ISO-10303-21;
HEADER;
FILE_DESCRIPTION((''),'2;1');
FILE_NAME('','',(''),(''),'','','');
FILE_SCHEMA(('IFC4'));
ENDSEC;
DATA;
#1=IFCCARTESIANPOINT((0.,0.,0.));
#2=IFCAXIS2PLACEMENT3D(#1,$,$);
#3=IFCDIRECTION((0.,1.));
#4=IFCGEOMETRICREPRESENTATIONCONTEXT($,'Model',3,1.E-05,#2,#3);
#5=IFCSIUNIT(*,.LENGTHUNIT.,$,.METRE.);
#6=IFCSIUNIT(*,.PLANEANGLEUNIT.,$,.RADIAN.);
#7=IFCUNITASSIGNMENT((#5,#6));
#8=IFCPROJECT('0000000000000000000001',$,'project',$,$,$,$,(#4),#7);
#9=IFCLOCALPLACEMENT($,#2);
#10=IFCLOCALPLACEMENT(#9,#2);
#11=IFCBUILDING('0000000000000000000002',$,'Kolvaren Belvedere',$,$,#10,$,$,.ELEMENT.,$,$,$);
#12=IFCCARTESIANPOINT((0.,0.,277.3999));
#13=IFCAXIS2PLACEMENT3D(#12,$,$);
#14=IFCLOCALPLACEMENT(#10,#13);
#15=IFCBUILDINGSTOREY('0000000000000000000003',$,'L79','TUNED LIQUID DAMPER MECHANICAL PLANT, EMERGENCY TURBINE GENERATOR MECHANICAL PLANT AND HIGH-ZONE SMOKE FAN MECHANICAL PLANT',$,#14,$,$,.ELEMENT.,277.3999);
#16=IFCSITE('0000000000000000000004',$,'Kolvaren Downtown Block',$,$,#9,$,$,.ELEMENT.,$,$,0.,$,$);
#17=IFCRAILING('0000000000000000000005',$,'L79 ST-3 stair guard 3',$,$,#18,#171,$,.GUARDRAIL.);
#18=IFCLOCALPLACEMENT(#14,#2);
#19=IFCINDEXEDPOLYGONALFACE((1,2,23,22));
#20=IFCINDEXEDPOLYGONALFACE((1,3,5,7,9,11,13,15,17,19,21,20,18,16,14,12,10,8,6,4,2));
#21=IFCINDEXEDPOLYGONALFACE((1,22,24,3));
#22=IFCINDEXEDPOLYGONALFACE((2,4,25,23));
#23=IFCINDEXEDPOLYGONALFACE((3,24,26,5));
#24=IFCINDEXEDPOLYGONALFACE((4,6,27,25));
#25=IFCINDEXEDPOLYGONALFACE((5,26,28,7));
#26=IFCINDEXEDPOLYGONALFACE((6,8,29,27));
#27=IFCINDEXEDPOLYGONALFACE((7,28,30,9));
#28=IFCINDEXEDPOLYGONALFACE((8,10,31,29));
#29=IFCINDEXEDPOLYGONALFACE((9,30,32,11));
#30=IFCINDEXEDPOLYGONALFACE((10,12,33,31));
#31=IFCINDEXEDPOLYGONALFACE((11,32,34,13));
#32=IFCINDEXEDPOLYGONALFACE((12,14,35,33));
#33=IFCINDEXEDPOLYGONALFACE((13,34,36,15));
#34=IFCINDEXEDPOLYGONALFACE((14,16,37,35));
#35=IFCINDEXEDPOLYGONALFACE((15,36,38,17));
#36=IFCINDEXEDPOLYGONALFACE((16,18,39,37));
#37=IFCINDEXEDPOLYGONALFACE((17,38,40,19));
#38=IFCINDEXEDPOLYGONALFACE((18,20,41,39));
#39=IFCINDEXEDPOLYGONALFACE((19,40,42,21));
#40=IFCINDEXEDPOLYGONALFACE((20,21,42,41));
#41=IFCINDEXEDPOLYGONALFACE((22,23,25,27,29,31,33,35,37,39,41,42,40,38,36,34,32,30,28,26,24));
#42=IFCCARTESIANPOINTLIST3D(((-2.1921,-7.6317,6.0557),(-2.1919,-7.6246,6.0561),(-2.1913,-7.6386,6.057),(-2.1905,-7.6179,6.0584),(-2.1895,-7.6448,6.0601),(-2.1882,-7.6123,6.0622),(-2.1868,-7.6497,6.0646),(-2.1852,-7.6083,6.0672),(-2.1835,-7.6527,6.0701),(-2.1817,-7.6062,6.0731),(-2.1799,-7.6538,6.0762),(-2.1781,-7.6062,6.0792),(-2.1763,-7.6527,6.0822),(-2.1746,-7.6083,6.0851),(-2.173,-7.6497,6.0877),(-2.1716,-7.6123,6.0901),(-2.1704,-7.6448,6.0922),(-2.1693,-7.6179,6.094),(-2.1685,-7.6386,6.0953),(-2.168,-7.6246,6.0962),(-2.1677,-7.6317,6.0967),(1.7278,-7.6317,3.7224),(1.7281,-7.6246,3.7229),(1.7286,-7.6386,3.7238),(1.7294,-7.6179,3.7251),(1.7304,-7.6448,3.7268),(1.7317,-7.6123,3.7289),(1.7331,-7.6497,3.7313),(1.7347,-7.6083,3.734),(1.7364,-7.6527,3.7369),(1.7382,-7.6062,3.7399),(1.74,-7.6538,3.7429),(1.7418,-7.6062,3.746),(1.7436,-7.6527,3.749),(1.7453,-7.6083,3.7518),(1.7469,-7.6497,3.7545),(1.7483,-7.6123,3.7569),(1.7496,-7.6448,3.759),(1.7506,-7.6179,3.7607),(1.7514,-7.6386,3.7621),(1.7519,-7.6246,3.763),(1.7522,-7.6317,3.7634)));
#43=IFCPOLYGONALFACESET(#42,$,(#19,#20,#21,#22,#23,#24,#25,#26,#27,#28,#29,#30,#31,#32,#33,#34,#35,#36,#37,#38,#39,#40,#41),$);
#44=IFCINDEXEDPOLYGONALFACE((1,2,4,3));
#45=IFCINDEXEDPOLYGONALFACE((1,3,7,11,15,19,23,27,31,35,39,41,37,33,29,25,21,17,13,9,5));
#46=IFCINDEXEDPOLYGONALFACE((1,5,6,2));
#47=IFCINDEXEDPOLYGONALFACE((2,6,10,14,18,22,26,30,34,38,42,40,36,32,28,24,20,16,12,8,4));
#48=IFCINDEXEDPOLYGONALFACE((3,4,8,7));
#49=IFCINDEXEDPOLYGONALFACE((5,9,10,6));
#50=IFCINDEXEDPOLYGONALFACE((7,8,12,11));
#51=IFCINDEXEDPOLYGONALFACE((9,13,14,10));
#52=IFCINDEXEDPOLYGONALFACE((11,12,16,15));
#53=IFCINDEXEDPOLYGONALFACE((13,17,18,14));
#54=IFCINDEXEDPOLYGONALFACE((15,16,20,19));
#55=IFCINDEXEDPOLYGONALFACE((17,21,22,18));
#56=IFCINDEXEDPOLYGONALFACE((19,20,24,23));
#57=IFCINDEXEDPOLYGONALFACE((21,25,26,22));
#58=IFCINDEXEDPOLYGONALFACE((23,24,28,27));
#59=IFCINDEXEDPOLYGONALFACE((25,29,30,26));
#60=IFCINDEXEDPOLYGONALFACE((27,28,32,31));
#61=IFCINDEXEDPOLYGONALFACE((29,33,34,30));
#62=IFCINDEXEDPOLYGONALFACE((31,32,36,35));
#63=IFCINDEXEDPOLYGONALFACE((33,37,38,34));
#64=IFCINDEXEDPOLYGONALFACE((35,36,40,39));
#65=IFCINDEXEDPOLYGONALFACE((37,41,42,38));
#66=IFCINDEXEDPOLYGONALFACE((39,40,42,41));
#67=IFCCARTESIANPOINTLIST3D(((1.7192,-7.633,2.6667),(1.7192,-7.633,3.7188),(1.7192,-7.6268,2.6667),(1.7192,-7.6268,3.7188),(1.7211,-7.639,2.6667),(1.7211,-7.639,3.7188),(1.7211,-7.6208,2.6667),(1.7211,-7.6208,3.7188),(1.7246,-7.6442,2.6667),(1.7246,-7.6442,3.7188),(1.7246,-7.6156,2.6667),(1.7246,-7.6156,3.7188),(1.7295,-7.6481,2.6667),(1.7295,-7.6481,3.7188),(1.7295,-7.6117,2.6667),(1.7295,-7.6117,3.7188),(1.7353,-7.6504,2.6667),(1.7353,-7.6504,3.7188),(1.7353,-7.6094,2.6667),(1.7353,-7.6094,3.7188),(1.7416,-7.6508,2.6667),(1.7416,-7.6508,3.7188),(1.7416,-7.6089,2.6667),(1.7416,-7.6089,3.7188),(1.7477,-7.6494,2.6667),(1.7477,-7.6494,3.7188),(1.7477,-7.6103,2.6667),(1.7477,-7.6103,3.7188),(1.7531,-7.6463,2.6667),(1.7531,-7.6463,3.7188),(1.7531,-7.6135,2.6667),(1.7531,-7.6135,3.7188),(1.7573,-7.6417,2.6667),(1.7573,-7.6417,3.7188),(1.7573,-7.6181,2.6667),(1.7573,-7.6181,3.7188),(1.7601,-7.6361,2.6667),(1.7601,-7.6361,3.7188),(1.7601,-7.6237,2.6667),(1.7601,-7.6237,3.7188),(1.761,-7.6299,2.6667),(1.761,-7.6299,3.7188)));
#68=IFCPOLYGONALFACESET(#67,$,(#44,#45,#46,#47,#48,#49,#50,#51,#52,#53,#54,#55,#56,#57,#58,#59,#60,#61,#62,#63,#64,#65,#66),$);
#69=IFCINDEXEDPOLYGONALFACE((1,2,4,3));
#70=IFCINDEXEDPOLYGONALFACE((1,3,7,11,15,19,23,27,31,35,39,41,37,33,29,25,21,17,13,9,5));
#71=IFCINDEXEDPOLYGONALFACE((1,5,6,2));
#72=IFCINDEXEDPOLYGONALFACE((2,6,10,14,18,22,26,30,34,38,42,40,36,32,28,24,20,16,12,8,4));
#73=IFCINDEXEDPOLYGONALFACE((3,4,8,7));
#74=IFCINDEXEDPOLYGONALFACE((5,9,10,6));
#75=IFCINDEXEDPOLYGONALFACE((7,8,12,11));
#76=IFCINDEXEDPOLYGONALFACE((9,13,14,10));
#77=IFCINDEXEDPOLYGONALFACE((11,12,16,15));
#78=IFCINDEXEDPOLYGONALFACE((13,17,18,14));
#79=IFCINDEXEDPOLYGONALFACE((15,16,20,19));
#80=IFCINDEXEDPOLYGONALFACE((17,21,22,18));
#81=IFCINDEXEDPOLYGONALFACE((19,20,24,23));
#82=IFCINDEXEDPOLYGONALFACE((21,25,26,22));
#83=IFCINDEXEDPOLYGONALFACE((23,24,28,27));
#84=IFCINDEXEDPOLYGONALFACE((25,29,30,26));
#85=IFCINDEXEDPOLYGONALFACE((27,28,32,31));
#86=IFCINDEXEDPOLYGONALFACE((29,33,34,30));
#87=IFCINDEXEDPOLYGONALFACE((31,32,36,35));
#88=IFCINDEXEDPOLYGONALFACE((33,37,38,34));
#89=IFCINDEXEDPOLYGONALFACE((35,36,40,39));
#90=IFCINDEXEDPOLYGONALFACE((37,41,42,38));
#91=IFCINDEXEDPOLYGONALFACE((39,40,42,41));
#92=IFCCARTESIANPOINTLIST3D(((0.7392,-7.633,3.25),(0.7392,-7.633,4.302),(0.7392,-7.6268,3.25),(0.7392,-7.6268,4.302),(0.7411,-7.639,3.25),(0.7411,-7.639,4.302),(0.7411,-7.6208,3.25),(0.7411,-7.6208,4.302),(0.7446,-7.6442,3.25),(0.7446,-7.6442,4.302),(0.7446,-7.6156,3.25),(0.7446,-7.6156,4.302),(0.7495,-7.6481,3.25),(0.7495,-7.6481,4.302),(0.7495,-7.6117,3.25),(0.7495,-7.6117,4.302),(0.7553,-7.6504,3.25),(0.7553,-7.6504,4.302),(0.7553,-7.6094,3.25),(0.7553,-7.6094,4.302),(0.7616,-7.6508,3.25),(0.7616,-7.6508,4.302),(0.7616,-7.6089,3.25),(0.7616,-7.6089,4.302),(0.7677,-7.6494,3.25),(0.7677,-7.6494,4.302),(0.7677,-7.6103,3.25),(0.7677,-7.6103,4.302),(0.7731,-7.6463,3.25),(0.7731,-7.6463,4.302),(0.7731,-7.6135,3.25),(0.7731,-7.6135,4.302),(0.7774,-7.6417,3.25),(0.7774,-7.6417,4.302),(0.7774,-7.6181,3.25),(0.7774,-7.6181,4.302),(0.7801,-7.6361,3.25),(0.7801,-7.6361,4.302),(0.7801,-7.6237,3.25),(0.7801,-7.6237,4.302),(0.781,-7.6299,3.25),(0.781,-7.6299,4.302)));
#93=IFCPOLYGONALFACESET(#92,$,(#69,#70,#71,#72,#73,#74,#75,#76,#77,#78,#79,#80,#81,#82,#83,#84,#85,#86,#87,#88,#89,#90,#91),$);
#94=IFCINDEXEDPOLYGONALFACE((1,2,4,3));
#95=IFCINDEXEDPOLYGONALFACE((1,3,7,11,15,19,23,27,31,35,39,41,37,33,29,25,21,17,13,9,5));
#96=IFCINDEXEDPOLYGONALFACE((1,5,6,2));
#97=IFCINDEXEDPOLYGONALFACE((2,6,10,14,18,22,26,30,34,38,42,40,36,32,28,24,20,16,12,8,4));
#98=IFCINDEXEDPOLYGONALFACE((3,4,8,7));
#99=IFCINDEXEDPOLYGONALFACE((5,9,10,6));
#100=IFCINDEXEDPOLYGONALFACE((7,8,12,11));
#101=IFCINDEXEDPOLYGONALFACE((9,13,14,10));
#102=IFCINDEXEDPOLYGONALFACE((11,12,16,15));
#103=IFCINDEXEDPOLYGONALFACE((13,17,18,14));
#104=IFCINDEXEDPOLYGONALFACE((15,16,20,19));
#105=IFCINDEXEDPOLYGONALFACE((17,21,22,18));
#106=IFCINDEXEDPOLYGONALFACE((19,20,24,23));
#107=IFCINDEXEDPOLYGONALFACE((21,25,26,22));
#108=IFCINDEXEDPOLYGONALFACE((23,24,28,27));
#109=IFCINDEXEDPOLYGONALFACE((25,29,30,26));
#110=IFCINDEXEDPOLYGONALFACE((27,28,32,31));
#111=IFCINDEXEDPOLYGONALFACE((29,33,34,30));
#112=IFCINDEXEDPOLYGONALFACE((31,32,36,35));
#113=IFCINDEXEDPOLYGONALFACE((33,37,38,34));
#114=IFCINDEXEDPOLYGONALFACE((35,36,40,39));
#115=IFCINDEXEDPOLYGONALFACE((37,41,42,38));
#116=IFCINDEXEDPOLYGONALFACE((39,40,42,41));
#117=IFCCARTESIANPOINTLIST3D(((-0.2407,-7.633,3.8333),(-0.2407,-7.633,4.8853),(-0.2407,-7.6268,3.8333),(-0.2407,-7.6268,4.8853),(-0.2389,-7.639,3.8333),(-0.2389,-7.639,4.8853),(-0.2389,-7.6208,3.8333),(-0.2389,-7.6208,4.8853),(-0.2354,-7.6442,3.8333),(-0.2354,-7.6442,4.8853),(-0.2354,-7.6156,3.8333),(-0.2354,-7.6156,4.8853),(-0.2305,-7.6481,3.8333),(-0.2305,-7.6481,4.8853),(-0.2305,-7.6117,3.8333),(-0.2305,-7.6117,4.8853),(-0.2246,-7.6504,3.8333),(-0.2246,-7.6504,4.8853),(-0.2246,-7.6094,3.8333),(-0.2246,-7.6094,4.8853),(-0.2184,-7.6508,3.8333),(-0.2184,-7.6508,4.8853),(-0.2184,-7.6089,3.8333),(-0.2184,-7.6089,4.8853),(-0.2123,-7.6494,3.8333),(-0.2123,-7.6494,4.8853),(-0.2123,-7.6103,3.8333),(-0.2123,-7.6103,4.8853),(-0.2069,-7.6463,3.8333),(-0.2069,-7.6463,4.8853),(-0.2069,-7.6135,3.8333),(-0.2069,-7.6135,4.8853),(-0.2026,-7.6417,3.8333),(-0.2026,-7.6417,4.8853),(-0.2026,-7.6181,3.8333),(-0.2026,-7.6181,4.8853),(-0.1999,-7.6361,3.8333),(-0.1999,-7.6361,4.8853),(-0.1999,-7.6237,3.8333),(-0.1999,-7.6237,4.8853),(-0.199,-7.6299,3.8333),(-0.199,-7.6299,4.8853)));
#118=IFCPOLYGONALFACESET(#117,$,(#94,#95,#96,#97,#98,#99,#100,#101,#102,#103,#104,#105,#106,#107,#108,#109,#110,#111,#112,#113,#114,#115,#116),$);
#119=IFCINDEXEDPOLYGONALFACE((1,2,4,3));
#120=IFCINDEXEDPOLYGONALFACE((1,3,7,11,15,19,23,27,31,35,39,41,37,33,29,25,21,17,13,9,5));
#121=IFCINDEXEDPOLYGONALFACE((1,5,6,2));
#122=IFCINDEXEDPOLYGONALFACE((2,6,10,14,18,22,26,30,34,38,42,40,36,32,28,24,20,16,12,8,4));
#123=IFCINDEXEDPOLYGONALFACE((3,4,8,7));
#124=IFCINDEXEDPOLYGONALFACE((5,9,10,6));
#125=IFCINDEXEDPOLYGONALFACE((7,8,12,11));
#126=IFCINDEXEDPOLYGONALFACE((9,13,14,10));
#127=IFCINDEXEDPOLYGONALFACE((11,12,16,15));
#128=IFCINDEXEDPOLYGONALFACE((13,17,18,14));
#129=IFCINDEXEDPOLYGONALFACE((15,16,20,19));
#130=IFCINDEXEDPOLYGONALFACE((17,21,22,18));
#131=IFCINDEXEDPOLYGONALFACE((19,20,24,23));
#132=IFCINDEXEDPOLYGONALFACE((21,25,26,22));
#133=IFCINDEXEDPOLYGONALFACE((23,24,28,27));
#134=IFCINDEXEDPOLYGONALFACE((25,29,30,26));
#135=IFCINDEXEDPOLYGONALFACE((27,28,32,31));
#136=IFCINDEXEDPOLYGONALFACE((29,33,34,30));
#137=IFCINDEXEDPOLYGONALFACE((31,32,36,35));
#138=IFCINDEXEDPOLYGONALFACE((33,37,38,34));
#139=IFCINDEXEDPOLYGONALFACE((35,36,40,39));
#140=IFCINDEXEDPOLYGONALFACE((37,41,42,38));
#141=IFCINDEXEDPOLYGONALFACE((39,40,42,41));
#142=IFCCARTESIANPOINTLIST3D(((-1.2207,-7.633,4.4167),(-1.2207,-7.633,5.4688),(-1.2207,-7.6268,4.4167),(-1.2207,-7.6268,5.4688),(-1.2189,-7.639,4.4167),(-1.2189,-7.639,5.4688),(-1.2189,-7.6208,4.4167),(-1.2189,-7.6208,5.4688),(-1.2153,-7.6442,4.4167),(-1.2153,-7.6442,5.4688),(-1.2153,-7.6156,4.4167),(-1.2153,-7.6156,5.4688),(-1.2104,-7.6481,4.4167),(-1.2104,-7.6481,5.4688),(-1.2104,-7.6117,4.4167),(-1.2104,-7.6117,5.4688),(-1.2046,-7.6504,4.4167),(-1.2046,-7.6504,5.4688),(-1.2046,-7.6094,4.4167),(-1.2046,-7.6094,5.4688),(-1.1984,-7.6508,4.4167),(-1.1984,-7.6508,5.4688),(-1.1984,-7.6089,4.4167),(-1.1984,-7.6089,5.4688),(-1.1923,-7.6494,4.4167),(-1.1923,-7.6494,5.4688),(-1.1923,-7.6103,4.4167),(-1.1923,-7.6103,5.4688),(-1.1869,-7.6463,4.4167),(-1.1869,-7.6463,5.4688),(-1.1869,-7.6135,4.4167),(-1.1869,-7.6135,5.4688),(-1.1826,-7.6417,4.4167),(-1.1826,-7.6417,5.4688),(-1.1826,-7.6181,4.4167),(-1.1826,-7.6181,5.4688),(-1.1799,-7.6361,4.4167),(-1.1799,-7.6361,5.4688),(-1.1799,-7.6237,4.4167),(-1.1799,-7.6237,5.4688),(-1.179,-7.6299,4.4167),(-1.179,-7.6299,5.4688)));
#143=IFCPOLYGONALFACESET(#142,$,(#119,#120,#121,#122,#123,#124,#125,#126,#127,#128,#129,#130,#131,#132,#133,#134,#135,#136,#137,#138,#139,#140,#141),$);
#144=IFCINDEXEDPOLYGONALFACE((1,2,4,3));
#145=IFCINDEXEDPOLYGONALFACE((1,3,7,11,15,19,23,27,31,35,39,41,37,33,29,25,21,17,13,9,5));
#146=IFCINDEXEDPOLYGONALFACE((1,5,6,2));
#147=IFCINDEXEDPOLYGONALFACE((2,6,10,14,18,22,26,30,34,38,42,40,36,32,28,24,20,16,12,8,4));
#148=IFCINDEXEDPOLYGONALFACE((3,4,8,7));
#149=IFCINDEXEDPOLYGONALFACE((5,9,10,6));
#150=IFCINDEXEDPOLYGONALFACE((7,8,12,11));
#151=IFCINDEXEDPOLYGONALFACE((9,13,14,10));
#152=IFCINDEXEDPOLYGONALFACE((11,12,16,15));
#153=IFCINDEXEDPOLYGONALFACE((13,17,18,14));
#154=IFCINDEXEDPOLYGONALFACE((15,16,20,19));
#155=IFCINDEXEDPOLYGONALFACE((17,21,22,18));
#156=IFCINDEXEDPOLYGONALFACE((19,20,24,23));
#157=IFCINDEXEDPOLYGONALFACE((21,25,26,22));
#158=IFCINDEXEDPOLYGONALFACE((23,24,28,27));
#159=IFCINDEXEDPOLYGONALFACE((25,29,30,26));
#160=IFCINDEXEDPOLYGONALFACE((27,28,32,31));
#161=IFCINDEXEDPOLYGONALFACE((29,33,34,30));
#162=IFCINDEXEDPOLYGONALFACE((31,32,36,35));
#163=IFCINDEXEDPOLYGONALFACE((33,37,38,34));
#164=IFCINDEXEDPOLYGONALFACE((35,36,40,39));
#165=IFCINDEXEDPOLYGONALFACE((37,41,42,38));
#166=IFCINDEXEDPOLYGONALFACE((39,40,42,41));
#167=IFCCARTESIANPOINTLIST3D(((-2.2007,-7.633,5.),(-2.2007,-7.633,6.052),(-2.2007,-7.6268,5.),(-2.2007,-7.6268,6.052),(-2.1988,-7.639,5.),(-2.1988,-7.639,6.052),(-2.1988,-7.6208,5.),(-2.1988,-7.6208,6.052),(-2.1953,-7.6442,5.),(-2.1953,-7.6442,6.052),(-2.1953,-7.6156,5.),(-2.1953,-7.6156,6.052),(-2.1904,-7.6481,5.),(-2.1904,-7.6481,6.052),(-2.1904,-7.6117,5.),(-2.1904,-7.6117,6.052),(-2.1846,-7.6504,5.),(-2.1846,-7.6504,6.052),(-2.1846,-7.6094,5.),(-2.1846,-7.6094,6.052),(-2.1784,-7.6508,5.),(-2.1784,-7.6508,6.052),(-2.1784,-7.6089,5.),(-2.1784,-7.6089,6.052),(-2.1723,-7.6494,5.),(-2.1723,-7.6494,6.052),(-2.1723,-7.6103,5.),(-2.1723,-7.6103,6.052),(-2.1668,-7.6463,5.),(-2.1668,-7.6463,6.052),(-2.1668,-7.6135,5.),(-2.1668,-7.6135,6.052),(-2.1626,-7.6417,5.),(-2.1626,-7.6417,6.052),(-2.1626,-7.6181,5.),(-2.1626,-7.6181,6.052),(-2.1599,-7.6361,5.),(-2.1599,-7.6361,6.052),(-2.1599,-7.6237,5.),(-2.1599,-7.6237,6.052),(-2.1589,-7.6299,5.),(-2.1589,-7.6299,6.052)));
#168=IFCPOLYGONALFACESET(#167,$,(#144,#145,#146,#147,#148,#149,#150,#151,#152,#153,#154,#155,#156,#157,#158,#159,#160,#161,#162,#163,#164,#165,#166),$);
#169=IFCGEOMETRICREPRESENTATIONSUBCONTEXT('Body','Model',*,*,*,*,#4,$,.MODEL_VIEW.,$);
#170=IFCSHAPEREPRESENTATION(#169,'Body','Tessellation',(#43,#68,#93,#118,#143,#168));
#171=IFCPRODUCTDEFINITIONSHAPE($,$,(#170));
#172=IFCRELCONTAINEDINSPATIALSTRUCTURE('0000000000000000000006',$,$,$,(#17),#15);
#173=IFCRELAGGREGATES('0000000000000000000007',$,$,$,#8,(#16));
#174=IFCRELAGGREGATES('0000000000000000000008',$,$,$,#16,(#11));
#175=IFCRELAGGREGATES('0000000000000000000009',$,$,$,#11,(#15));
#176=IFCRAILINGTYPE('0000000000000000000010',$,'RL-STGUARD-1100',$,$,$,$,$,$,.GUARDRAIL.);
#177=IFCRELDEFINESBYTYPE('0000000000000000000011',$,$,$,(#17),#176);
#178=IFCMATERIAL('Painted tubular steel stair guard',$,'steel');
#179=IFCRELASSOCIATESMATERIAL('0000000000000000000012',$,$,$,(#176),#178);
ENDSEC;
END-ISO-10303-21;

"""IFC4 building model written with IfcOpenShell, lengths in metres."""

from ifc_helpers import new_model, si_unit, direction, frame, origin, origin_2d, place, context, subcontext, project, spatial, circle, extrude, material, type_object, element, save


model = new_model("IFC4")

# Units and contexts
model_context = context("Model", 3, precision=1e-05, world=origin(), true_north=direction((0.0, 1.0)))
body_context = subcontext(model_context, "Body", "Model", "MODEL_VIEW")
ifc_project = project(units=[si_unit("LENGTHUNIT", "METRE"), si_unit("PLANEANGLEUNIT", "RADIAN")], contexts=[model_context])

# Site, building, storey
site_placement = place(None, origin())
site = spatial("IfcSite", under=ifc_project, at=site_placement, Name="Kolvaren Downtown Block", CompositionType="ELEMENT", RefElevation=0.0)
building_placement = place(site_placement, origin())
building = spatial("IfcBuilding", under=site, at=building_placement, Name="Kolvaren Belvedere", CompositionType="ELEMENT")
storey_placement = place(building_placement, frame((0.0, 0.0, 277.3999)))
storey = spatial("IfcBuildingStorey", under=building, at=storey_placement, Name="L79", Description="TUNED LIQUID DAMPER MECHANICAL PLANT, EMERGENCY TURBINE GENERATOR MECHANICAL PLANT AND HIGH-ZONE SMOKE FAN MECHANICAL PLANT", CompositionType="ELEMENT", Elevation=277.3999)

# Railing
ifc_material_1 = material(Name="Painted tubular steel stair guard", Category="steel")
railing_type_1 = type_object("IfcRailingType", Name="RL-STGUARD-1100", PredefinedType="GUARDRAIL", material=ifc_material_1)
railing_1_placement = place(storey_placement, frame((1.74, -7.6299, 2.6667)))
element("IfcRailing", 1, at=railing_1_placement, inside=storey, type_object=railing_type_1, Name="L79 ST-3 stair guard 3", PredefinedType="GUARDRAIL", context=body_context, shape_type="SweptSolid", body=[
    extrude(circle(Radius=0.0239, at=origin_2d()), frame((0.0, 0.0, 1.0762), z_axis=(-0.859296, 0.0, 0.511478), x_axis=(0.0, -1.0, 0.0)), (0.0, 0.0, 1.0), 4.5618),
    extrude(circle(Radius=0.021, at=origin_2d()), origin(), (0.0, 0.0, 1.0), 1.052),
    extrude(circle(Radius=0.021, at=origin_2d()), frame((-0.98, 0.0, 0.5833)), (0.0, 0.0, 1.0), 1.052),
    extrude(circle(Radius=0.021, at=origin_2d()), frame((-1.96, 0.0, 1.1665)), (0.0, 0.0, 1.0), 1.052),
    extrude(circle(Radius=0.021, at=origin_2d()), frame((-2.9399, 0.0, 1.75)), (0.0, 0.0, 1.0), 1.052),
    extrude(circle(Radius=0.021, at=origin_2d()), frame((-3.9199, 0.0, 2.3333)), (0.0, 0.0, 1.0), 1.052),
])

save(model, "model.ifc")
